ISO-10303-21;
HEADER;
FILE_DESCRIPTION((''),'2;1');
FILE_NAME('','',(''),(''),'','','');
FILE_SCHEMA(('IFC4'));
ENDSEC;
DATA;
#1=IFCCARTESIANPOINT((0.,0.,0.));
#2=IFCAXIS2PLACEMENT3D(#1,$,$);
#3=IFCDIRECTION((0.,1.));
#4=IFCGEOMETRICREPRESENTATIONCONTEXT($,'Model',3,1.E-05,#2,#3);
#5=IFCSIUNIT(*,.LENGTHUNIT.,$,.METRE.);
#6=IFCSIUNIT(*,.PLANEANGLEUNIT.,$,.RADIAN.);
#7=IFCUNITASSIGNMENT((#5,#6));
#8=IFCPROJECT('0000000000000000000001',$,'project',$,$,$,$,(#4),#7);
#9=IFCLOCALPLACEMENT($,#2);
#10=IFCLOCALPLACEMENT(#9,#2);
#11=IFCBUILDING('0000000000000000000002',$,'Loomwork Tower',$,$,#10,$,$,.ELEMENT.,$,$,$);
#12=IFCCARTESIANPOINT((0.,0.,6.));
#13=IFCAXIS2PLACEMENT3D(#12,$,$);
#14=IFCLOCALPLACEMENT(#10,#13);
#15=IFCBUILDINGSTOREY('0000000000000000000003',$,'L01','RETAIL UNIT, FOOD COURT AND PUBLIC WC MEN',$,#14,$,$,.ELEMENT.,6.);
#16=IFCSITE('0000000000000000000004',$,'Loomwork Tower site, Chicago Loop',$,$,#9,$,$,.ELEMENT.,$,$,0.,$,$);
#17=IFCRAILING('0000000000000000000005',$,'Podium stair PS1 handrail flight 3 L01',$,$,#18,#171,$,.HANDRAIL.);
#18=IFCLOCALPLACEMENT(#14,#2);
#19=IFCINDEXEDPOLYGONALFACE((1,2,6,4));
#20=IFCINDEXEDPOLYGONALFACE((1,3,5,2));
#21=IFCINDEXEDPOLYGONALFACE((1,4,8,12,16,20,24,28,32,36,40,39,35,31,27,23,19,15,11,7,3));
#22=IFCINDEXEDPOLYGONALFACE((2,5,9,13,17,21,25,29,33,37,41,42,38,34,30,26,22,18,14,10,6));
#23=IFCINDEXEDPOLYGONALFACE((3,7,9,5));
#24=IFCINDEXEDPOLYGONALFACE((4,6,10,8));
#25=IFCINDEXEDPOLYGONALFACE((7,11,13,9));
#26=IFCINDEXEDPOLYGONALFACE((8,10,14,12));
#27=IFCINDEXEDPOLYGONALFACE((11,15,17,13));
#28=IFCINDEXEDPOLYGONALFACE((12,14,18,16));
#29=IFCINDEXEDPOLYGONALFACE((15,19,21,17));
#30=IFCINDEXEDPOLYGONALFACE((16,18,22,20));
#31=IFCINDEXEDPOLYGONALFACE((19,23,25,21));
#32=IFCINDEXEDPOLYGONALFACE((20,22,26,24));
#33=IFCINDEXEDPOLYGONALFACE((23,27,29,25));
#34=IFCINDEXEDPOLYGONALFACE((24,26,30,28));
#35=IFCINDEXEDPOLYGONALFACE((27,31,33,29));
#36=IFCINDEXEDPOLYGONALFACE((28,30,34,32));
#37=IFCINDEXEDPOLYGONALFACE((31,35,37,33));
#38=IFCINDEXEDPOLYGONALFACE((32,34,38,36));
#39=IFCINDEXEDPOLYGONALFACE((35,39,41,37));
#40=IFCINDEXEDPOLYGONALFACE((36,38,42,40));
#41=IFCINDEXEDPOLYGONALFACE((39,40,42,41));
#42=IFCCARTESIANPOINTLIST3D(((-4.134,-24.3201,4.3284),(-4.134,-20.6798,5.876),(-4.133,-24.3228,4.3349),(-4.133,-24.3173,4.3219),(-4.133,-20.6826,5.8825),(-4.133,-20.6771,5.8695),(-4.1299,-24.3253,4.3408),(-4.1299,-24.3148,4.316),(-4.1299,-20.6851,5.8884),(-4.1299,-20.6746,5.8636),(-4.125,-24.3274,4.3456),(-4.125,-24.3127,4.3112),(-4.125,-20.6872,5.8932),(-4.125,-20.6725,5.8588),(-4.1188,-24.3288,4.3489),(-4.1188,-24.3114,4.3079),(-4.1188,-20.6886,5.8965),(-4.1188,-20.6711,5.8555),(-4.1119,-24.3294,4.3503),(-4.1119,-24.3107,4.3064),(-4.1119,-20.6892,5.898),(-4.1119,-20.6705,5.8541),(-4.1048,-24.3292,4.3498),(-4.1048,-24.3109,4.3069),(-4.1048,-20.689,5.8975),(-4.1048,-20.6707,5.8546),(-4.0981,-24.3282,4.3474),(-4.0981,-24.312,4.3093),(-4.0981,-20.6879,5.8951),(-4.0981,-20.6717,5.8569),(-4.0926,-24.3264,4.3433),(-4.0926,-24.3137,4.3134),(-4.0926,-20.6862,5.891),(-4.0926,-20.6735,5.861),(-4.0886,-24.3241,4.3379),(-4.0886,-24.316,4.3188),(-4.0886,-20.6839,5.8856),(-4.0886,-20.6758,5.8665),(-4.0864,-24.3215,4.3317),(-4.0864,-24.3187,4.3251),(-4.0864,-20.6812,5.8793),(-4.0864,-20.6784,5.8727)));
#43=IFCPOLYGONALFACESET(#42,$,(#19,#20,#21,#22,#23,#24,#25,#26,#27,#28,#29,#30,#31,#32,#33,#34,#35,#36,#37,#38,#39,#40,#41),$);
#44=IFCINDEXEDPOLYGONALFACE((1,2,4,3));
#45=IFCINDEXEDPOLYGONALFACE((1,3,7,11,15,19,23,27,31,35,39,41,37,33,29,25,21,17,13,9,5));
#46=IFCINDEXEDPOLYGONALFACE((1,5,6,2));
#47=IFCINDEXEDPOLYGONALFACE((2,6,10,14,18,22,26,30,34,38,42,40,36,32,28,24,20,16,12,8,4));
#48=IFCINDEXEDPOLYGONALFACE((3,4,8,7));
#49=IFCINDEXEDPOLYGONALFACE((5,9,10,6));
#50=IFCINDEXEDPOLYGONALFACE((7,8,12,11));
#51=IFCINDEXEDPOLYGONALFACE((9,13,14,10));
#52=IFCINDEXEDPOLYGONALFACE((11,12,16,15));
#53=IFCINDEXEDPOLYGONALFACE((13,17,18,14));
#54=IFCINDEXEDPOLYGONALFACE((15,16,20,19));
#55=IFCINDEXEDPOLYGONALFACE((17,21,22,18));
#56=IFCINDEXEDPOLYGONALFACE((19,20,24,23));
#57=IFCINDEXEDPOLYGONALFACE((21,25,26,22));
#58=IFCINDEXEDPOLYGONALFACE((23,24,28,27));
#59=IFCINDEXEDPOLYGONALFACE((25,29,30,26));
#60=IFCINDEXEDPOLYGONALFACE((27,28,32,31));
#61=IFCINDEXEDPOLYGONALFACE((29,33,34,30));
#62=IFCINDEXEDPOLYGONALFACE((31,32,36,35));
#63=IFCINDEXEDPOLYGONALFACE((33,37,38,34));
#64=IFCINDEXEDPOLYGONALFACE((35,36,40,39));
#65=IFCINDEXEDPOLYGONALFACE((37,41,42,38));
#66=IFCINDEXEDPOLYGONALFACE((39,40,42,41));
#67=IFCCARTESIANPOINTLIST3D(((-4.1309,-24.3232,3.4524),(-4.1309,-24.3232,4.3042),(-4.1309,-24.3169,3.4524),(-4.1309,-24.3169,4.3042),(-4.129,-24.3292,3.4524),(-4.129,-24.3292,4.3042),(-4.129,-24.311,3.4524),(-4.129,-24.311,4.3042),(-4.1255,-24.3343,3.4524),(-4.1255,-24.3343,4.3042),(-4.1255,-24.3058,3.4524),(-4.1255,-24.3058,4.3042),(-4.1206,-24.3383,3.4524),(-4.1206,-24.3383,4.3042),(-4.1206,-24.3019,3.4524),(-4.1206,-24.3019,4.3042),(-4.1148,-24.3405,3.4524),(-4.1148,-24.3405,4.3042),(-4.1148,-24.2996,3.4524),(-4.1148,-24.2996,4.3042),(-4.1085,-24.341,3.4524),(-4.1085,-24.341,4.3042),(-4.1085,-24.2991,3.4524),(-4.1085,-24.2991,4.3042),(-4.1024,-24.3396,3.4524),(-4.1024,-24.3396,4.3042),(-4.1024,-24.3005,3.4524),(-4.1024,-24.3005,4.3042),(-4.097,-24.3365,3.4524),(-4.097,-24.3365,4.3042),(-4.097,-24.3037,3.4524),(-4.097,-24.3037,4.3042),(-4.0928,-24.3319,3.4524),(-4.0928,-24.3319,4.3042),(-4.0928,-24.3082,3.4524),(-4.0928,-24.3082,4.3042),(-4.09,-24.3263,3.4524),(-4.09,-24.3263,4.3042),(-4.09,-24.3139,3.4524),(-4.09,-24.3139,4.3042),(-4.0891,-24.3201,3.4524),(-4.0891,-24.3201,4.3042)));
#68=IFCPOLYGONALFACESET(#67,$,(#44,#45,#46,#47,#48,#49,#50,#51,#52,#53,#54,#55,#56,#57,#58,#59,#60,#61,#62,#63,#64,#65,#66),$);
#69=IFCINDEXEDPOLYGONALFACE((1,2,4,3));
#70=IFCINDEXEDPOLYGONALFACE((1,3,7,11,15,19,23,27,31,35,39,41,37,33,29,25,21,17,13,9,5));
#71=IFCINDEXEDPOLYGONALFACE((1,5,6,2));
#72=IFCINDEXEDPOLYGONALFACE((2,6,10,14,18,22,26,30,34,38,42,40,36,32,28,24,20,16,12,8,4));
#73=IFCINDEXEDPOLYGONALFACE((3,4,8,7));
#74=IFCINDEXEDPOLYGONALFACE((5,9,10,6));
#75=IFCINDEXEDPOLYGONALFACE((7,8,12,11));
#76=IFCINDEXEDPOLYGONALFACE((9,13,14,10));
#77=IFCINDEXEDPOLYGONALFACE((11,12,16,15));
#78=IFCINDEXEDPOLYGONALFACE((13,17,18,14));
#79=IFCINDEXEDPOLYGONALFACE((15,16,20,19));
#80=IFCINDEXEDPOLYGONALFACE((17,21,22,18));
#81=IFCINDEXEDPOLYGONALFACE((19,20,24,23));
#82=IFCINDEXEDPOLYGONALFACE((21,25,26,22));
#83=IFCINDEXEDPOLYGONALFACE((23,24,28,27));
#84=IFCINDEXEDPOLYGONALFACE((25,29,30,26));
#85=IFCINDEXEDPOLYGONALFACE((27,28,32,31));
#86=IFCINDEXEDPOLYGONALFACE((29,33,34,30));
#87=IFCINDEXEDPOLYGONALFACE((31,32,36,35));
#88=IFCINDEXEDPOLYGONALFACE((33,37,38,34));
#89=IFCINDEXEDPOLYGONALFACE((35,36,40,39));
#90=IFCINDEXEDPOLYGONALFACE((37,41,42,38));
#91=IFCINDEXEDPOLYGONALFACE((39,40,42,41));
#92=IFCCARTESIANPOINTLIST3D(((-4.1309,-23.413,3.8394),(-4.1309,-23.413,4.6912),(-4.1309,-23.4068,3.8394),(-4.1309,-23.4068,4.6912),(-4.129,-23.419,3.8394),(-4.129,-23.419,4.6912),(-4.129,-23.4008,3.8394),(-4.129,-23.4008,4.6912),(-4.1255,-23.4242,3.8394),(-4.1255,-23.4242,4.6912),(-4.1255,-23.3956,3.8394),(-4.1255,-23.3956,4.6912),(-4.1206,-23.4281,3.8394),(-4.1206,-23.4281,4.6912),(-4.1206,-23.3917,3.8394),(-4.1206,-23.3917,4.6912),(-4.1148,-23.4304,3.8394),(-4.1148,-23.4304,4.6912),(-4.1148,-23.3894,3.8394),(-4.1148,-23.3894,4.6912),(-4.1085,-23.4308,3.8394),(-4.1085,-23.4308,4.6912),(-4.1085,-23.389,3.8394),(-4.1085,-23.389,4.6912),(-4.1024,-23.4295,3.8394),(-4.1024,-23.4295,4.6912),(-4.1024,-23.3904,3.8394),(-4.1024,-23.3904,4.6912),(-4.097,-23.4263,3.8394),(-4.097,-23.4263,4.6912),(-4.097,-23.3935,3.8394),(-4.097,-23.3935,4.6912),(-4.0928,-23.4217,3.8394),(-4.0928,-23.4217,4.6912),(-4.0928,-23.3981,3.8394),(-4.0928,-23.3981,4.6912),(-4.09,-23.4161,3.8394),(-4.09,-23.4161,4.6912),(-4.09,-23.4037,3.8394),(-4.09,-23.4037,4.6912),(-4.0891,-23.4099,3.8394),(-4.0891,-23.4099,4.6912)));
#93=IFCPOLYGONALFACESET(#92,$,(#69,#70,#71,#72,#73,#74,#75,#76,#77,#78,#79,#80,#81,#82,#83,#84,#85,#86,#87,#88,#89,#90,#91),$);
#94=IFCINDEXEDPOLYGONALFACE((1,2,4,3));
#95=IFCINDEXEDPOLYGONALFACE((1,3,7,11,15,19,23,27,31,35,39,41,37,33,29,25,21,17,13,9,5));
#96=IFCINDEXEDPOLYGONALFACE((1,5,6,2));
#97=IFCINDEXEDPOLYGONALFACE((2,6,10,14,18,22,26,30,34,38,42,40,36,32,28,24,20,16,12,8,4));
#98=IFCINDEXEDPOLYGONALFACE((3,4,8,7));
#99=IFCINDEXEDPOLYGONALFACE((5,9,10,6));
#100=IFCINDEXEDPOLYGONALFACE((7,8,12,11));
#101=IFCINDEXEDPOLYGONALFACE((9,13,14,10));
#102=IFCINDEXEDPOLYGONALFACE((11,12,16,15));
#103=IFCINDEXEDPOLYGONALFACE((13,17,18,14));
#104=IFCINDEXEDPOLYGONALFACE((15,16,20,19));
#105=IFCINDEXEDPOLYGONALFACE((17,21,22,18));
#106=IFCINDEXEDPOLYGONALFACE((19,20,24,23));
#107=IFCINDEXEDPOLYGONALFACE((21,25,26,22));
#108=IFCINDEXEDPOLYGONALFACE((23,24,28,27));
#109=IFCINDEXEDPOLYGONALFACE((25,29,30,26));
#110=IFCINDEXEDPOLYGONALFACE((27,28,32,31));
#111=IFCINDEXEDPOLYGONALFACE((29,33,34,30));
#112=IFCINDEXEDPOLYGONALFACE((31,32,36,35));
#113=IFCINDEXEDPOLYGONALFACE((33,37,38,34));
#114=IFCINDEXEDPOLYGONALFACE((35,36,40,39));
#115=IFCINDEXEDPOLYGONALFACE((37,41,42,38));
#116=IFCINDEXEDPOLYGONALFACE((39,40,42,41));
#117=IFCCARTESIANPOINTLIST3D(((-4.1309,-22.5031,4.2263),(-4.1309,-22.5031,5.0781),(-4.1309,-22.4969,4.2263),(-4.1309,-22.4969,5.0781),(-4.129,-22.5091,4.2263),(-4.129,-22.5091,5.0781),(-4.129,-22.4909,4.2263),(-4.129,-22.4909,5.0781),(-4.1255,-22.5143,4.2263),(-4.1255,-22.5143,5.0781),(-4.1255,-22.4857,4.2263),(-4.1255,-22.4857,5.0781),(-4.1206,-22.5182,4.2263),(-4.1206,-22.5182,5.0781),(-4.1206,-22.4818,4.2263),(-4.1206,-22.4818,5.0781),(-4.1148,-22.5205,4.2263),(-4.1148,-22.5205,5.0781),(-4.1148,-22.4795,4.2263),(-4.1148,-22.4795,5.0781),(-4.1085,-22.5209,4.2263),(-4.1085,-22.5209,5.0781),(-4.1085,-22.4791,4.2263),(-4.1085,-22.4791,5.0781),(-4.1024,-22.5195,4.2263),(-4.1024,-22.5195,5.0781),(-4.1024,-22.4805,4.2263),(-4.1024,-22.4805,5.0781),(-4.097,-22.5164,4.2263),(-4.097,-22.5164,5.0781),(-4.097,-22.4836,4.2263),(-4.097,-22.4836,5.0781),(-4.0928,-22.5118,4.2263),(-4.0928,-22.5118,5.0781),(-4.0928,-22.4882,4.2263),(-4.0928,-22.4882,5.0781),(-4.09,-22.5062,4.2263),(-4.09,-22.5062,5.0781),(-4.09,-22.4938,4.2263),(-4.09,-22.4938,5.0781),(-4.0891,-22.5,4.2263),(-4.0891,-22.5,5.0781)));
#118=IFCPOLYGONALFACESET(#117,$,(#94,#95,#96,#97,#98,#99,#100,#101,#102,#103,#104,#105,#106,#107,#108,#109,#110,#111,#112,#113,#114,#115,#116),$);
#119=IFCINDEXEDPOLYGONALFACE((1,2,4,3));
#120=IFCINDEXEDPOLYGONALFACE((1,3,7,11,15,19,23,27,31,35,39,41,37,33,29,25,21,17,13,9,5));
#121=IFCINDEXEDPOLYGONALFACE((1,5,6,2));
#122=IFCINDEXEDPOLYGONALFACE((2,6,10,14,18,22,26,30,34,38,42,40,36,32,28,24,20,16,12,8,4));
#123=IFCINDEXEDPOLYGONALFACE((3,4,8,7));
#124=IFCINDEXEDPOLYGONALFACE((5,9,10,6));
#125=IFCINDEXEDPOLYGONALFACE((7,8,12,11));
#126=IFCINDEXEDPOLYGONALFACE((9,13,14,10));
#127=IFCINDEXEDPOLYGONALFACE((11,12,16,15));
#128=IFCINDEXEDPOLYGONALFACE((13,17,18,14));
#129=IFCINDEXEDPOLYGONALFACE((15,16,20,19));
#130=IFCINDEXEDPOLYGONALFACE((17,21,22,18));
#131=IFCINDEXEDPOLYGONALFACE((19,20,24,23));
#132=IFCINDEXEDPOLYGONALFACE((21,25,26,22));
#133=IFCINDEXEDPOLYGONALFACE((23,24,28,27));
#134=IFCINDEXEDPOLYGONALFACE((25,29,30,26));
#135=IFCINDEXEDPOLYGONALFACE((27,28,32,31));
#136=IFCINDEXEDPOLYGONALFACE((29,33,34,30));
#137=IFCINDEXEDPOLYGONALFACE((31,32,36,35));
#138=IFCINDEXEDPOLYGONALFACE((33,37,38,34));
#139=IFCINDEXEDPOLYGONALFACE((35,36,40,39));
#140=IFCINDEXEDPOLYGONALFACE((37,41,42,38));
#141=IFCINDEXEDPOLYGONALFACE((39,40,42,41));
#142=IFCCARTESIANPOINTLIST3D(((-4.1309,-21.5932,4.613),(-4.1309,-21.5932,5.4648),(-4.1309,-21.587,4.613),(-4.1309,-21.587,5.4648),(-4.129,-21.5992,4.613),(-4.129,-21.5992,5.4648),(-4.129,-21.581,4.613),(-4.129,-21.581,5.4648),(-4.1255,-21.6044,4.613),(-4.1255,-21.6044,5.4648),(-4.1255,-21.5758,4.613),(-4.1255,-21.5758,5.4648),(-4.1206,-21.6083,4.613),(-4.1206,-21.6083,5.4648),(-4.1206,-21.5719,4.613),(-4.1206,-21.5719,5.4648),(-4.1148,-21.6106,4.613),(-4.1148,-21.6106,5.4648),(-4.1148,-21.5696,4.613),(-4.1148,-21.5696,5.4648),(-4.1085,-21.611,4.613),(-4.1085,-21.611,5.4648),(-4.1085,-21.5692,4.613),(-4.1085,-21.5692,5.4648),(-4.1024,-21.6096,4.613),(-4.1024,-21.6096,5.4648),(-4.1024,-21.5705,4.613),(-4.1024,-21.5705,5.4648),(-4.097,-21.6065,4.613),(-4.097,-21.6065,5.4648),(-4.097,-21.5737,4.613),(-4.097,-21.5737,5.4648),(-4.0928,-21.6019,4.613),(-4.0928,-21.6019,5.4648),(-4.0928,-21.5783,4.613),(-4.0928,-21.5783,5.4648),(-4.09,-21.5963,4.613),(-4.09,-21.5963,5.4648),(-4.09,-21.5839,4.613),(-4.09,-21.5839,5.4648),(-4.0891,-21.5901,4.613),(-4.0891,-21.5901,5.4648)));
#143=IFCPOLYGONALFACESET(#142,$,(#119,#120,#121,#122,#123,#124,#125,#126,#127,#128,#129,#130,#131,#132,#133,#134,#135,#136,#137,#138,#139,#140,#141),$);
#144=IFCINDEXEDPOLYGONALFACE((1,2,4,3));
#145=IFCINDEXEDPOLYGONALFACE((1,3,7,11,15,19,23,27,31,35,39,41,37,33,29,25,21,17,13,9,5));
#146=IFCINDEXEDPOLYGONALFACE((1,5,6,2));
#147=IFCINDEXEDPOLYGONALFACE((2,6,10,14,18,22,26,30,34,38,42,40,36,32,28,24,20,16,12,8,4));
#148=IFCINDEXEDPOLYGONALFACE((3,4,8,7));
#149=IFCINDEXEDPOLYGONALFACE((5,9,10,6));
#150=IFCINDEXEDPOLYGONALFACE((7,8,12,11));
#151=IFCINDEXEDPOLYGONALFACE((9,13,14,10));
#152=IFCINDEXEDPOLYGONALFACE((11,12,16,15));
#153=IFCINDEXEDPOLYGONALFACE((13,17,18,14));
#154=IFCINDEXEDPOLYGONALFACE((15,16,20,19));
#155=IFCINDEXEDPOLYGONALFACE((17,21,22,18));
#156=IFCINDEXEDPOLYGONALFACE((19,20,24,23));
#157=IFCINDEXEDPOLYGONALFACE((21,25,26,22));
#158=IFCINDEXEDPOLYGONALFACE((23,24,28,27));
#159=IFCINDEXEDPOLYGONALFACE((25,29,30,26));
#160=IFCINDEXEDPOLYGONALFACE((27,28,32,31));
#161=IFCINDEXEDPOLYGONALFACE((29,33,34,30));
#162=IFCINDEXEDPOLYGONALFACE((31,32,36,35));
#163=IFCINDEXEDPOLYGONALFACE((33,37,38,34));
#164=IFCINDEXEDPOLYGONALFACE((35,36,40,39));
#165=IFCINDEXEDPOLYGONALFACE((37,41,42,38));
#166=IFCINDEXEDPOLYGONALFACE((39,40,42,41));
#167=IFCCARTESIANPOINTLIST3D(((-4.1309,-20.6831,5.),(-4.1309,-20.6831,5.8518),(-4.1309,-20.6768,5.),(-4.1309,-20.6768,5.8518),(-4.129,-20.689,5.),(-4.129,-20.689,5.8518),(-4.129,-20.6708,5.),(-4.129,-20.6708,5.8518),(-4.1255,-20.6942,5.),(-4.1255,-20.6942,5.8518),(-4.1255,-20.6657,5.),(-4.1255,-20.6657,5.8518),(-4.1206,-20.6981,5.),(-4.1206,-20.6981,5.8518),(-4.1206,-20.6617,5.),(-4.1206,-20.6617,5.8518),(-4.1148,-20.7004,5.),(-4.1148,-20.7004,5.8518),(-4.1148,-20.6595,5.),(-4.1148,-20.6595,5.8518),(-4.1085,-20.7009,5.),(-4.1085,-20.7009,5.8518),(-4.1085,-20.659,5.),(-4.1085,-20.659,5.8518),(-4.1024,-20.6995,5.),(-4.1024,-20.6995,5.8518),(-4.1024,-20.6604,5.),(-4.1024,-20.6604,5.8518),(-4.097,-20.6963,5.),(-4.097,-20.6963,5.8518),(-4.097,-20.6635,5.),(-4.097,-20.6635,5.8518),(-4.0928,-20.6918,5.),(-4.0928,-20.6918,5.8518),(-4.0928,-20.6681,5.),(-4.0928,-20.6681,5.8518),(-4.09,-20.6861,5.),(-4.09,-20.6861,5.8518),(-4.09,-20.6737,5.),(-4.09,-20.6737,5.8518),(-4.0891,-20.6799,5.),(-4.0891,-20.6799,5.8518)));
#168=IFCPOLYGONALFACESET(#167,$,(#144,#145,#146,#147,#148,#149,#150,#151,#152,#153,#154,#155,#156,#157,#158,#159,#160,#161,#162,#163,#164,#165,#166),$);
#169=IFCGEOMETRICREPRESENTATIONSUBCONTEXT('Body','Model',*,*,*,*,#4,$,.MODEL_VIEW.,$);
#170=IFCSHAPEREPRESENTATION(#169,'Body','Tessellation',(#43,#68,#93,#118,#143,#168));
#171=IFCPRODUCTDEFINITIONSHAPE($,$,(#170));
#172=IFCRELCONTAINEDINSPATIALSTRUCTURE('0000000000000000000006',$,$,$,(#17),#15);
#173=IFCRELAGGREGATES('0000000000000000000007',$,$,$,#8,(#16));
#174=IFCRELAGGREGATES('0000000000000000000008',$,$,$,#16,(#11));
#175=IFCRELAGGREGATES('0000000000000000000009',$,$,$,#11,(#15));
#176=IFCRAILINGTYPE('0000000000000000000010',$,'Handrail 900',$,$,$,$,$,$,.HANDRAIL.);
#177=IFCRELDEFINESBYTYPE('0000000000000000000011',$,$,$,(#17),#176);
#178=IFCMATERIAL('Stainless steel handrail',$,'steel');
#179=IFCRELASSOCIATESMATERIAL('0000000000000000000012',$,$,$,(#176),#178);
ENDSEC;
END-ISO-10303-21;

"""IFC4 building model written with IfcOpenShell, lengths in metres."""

from ifc_helpers import new_model, si_unit, direction, frame, origin, origin_2d, place, context, subcontext, project, spatial, circle, extrude, material, type_object, element, save


model = new_model("IFC4")

# Units and contexts
model_context = context("Model", 3, precision=1e-05, world=origin(), true_north=direction((0.0, 1.0)))
body_context = subcontext(model_context, "Body", "Model", "MODEL_VIEW")
ifc_project = project(units=[si_unit("LENGTHUNIT", "METRE"), si_unit("PLANEANGLEUNIT", "RADIAN")], contexts=[model_context])

# Site, building, storey
site_placement = place(None, origin())
site = spatial("IfcSite", under=ifc_project, at=site_placement, Name="Loomwork Tower site, Chicago Loop", CompositionType="ELEMENT", RefElevation=0.0)
building_placement = place(site_placement, origin())
building = spatial("IfcBuilding", under=site, at=building_placement, Name="Loomwork Tower", CompositionType="ELEMENT")
storey_placement = place(building_placement, frame((0.0, 0.0, 6.0)))
storey = spatial("IfcBuildingStorey", under=building, at=storey_placement, Name="L01", Description="RETAIL UNIT, FOOD COURT AND PUBLIC WC MEN", CompositionType="ELEMENT", Elevation=6.0)

# Railing
ifc_material_1 = material(Name="Stainless steel handrail", Category="steel")
railing_type = type_object("IfcRailingType", Name="Handrail 900", PredefinedType="HANDRAIL", material=ifc_material_1)
railing_1_placement = place(storey_placement, frame((-4.1101, -24.3201, 3.4524)))
element("IfcRailing", 1, at=railing_1_placement, inside=storey, type_object=railing_type, Name="Podium stair PS1 handrail flight 3 L01", PredefinedType="HANDRAIL", context=body_context, shape_type="SweptSolid", body=[
    extrude(circle(Radius=0.0239, at=origin_2d()), frame((0.0, 0.0, 0.876), z_axis=(0.0, 0.920281, 0.391258), x_axis=(-1.0, 0.0, 0.0)), (0.0, 0.0, 1.0), 3.9556),
    extrude(circle(Radius=0.021, at=origin_2d()), origin(), (0.0, 0.0, 1.0), 0.8518),
    extrude(circle(Radius=0.021, at=origin_2d()), frame((0.0, 0.9102, 0.387)), (0.0, 0.0, 1.0), 0.8518),
    extrude(circle(Radius=0.021, at=origin_2d()), frame((0.0, 1.8201, 0.7739)), (0.0, 0.0, 1.0), 0.8518),
    extrude(circle(Radius=0.021, at=origin_2d()), frame((0.0, 2.73, 1.1606)), (0.0, 0.0, 1.0), 0.8518),
    extrude(circle(Radius=0.021, at=origin_2d()), frame((0.0, 3.6401, 1.5476)), (0.0, 0.0, 1.0), 0.8518),
])

save(model, "model.ifc")
